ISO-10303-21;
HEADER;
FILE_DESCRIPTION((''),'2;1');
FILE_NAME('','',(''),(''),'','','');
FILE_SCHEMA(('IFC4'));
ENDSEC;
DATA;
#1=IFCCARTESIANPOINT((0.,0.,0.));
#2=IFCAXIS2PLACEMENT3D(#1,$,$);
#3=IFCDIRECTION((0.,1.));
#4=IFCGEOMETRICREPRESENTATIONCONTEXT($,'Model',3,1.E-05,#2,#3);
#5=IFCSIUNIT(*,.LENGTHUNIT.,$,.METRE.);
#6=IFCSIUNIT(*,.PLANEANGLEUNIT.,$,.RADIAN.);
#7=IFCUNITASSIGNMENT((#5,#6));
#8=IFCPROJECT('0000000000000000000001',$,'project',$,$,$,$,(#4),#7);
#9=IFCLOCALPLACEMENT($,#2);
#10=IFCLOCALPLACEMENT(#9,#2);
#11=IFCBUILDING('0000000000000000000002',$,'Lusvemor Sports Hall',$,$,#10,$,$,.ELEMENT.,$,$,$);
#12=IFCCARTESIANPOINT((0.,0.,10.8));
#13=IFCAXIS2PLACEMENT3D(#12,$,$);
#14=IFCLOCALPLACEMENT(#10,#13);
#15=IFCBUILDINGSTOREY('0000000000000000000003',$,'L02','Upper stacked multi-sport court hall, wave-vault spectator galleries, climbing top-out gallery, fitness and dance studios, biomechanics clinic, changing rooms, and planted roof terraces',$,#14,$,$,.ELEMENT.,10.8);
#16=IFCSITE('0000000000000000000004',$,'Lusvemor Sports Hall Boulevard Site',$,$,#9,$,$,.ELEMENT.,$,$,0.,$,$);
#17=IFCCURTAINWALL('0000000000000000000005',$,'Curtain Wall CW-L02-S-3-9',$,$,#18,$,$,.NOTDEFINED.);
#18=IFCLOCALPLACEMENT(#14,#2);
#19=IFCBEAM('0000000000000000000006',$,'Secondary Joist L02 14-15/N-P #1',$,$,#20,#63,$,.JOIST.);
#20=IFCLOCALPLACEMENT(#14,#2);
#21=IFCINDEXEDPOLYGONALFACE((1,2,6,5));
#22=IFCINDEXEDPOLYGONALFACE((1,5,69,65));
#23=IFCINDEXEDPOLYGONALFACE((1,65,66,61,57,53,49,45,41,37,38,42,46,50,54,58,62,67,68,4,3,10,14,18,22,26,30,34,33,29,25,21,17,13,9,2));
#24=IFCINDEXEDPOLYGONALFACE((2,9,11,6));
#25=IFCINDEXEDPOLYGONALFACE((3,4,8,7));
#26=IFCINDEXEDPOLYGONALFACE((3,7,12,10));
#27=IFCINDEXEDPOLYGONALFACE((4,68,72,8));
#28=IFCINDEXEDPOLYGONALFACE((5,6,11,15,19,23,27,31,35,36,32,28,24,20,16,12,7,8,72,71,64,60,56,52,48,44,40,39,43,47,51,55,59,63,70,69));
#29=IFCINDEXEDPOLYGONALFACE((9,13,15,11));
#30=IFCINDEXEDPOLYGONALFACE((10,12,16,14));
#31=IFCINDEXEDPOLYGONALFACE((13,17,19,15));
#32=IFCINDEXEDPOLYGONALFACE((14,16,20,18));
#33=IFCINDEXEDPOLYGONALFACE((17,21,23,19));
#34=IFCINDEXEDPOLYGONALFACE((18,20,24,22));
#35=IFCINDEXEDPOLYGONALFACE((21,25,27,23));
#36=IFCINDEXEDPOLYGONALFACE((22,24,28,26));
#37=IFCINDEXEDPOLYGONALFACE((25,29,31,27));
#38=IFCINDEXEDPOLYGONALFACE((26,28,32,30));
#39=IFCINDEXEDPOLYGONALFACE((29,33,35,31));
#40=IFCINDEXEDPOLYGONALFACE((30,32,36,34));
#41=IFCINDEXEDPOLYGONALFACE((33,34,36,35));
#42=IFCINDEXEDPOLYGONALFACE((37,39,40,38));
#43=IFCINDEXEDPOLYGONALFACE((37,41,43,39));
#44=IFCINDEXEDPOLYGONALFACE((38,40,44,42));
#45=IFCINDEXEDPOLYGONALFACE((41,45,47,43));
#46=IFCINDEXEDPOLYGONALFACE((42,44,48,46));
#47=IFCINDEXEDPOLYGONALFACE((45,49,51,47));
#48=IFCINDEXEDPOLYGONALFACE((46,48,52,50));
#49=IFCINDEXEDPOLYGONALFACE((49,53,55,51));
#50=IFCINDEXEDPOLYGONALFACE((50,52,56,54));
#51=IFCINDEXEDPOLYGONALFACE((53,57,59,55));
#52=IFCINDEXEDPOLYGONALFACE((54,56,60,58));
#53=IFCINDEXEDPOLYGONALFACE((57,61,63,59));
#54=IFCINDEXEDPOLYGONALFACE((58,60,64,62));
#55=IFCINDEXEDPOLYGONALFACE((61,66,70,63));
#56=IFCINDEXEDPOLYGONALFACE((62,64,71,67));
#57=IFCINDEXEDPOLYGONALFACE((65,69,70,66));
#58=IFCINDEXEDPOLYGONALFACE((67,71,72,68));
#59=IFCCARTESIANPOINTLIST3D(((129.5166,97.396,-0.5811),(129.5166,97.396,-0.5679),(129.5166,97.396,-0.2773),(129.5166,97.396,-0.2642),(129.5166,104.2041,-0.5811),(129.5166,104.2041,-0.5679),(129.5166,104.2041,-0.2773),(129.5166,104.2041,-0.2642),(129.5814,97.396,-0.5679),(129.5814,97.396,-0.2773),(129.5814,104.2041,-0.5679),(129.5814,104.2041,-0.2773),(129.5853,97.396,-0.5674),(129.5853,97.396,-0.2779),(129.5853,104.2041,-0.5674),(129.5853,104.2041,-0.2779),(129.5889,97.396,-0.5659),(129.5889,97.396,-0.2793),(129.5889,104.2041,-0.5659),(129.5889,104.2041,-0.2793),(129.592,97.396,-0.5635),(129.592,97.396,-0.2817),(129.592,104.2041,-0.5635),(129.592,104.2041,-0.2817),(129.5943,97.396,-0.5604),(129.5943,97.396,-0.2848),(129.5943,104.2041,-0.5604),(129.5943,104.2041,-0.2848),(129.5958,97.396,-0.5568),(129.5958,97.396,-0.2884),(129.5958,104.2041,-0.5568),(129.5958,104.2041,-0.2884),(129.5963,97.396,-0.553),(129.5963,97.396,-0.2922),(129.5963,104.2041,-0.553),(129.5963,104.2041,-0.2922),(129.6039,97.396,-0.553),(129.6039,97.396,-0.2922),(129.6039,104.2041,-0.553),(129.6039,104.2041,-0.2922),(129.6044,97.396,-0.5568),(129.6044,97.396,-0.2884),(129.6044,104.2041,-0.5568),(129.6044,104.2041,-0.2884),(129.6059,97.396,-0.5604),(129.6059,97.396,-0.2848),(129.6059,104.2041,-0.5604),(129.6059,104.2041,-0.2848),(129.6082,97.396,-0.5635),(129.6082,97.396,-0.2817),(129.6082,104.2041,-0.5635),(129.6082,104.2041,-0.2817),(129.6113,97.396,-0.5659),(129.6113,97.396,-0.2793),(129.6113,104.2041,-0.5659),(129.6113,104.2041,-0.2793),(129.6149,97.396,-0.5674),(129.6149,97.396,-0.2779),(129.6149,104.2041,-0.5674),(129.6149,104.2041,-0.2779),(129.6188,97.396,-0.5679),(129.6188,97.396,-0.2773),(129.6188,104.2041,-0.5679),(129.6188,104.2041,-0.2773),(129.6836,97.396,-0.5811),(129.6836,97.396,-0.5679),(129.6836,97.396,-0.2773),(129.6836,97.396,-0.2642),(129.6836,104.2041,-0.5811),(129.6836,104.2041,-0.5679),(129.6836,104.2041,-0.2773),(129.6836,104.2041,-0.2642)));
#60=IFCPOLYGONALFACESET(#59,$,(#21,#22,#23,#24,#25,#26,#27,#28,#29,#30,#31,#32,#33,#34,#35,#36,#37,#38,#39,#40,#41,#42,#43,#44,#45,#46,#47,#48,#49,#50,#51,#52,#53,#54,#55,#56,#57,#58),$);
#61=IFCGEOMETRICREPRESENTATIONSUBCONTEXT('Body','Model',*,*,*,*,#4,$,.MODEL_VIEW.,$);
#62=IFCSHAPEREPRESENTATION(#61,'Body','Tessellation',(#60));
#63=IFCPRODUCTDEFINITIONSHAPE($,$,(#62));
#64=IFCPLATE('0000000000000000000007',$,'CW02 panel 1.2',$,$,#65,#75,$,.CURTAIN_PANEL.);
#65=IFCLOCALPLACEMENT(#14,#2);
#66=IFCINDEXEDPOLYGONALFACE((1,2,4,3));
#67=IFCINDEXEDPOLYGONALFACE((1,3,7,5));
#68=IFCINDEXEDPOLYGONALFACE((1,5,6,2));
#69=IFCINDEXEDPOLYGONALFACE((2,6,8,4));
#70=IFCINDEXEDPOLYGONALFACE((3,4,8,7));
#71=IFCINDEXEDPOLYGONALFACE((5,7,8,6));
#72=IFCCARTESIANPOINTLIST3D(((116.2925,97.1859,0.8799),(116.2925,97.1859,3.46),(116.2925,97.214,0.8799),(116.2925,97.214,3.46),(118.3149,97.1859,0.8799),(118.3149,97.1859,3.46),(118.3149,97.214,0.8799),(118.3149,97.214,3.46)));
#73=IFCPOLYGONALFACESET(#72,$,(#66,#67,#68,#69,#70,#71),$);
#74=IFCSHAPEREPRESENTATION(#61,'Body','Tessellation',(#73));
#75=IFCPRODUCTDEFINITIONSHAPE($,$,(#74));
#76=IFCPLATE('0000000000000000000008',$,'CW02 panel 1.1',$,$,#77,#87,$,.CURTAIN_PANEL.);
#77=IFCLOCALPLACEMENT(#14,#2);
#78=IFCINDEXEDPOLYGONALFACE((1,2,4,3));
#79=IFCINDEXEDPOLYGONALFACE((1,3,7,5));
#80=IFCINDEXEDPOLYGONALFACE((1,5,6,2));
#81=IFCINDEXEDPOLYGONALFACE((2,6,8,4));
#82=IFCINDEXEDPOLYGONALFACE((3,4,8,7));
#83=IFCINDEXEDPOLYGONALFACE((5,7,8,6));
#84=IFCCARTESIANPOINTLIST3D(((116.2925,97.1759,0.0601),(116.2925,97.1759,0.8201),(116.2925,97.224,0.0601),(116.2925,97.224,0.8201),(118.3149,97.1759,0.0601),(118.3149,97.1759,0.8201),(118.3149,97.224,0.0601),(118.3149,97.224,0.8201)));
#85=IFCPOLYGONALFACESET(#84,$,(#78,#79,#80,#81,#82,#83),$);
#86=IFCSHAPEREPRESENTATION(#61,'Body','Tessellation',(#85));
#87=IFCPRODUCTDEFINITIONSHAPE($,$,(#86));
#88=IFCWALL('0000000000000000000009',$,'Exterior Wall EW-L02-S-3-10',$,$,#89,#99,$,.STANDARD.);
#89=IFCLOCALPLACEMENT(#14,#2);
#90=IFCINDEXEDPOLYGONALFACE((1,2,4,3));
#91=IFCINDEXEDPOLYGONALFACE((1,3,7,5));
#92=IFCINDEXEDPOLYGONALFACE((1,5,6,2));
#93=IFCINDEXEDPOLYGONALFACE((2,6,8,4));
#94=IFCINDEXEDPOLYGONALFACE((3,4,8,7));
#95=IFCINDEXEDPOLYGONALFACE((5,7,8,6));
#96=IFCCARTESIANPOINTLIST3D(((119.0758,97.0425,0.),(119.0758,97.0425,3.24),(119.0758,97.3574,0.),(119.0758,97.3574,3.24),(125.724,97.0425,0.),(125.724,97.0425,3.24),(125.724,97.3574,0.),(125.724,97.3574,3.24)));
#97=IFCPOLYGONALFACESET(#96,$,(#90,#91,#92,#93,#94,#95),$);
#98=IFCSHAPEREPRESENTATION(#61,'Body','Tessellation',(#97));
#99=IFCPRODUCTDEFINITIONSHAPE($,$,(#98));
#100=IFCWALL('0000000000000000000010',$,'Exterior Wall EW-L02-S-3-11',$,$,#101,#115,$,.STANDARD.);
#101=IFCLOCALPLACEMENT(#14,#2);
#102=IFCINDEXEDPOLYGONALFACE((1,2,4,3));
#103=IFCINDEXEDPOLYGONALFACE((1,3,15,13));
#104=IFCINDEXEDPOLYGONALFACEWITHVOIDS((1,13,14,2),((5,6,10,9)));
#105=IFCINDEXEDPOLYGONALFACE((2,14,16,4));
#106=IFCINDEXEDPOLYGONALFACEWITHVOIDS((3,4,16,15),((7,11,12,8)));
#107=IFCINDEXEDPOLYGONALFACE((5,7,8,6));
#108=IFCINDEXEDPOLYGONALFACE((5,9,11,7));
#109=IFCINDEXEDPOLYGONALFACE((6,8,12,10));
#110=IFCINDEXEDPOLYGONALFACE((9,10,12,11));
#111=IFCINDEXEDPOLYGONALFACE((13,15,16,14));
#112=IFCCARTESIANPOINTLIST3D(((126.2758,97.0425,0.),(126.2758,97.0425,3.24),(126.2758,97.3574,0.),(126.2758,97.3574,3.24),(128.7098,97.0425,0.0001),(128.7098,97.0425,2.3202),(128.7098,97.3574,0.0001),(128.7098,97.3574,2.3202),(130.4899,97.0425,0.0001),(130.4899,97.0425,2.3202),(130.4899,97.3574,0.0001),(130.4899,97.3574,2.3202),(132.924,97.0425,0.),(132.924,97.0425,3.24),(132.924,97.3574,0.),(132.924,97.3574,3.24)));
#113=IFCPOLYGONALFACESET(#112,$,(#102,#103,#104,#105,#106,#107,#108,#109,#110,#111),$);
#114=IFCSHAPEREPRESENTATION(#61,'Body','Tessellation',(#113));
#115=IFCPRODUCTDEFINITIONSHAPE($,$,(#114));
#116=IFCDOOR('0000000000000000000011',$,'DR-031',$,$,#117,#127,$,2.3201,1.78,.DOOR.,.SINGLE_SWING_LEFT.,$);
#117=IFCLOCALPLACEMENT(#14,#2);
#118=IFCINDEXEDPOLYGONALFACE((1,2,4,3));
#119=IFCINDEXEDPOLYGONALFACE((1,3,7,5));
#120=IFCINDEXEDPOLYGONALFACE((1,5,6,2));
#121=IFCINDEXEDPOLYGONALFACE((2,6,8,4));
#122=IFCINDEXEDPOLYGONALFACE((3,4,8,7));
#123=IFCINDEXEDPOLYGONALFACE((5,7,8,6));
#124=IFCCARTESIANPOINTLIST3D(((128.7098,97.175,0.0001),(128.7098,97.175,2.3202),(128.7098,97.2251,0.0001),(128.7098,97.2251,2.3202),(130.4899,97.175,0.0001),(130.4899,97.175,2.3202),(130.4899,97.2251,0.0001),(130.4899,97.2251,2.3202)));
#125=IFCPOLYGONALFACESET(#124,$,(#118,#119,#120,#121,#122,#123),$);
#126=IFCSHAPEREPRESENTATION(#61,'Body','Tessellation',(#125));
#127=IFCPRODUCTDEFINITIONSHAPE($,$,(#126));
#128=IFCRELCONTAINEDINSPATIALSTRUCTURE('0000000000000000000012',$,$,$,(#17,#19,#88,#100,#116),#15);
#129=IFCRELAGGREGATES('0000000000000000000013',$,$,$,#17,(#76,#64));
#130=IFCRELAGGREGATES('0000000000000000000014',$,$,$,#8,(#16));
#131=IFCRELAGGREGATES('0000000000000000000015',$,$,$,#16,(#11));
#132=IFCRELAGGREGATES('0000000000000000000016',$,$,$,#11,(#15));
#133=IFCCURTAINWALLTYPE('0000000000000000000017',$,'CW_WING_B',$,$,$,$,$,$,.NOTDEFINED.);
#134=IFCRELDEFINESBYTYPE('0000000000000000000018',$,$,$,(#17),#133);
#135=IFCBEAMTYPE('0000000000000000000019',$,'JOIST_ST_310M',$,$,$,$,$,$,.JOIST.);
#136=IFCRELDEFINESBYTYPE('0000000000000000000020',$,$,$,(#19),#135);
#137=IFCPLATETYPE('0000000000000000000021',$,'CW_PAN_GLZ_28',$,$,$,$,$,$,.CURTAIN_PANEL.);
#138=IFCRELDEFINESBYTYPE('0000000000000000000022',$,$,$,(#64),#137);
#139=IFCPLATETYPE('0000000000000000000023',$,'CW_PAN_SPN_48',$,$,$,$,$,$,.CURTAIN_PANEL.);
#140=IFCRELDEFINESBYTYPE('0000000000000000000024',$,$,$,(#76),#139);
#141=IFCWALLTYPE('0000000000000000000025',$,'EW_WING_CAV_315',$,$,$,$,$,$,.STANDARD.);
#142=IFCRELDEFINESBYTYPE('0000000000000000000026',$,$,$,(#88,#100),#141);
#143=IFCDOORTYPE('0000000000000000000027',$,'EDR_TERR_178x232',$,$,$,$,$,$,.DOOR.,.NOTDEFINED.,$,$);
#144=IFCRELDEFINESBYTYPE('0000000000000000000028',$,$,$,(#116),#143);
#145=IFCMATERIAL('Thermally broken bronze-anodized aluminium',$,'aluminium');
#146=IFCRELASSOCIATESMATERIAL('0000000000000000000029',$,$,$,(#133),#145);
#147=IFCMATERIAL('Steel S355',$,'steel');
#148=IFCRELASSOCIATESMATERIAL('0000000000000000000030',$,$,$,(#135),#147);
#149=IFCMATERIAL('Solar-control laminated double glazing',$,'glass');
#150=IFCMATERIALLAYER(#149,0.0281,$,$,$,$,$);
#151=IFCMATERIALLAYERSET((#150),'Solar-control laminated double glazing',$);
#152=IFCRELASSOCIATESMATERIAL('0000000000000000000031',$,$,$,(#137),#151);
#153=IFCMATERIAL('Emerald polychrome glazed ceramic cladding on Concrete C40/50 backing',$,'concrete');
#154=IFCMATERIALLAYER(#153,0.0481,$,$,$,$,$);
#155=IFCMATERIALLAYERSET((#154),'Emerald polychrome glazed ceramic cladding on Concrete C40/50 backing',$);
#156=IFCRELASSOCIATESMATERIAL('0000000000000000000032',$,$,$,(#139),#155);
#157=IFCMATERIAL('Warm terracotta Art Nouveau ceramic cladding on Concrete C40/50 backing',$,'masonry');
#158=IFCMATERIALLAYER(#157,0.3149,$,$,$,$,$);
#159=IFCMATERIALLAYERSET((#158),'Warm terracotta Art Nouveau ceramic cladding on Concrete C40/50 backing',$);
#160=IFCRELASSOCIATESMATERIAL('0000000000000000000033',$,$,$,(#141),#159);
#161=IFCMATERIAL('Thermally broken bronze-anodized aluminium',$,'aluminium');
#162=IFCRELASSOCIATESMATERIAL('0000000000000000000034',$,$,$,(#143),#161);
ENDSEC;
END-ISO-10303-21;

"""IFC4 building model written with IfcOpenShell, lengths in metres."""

from ifc_helpers import new_model, si_unit, direction, frame, frame_2d, origin, origin_2d, place, context, subcontext, project, spatial, rectangle, i_section, extrude, material, layer, layer_set, material_profile, profile_set, type_object, element, fill, aggregate, save


model = new_model("IFC4")

# Units and contexts
model_context = context("Model", 3, precision=1e-05, world=origin(), true_north=direction((0.0, 1.0)))
body_context = subcontext(model_context, "Body", "Model", "MODEL_VIEW")
ifc_project = project(units=[si_unit("LENGTHUNIT", "METRE"), si_unit("PLANEANGLEUNIT", "RADIAN")], contexts=[model_context])

# Site, building, storey
site_placement = place(None, origin())
site = spatial("IfcSite", under=ifc_project, at=site_placement, Name="Lusvemor Sports Hall Boulevard Site", CompositionType="ELEMENT", RefElevation=0.0)
building_placement = place(site_placement, origin())
building = spatial("IfcBuilding", under=site, at=building_placement, Name="Lusvemor Sports Hall", CompositionType="ELEMENT")
storey_placement = place(building_placement, frame((0.0, 0.0, 10.8)))
storey = spatial("IfcBuildingStorey", under=building, at=storey_placement, Name="L02", Description="Upper stacked multi-sport court hall, wave-vault spectator galleries, climbing top-out gallery, fitness and dance studios, biomechanics clinic, changing rooms, and planted roof terraces", CompositionType="ELEMENT", Elevation=10.8)

# Curtain wall
ifc_material_1 = material(Name="Thermally broken bronze-anodized aluminium", Category="aluminium")
curtain_wall_type = type_object("IfcCurtainWallType", Name="CW_WING_B", PredefinedType="NOTDEFINED", material=ifc_material_1)
curtain_wall_placement = place(storey_placement, origin())
curtain_wall = element("IfcCurtainWall", 1, at=curtain_wall_placement, inside=storey, type_object=curtain_wall_type, Name="Curtain Wall CW-L02-S-3-9", PredefinedType="NOTDEFINED")

# Beam
ifc_material_2 = material(Name="Steel S355", Category="steel")
ifc_material_profile_1 = material_profile(ifc_material_2, i_section(OverallWidth=0.167, OverallDepth=0.3169, WebThickness=0.0076, FlangeThickness=0.0132, FilletRadius=0.0149, at=origin_2d()), Name="W310x52.0")
ifc_profile_set_1 = profile_set([ifc_material_profile_1], Name="Steel S355")
beam_type_1 = type_object("IfcBeamType", Name="JOIST_ST_310M", PredefinedType="JOIST", material=ifc_profile_set_1)
for number, where, z_axis, x_axis, name in (
    (2, (129.6001, 97.396, -0.4226), (0.0, 1.0, 0.0), (-1.0, 0.0, 0.0), "Secondary Joist L02 14-15/N-P #1"),
):
    element("IfcBeam", number, at=place(storey_placement, frame(where, z_axis=z_axis, x_axis=x_axis)), inside=storey, type_object=beam_type_1, Name=name, PredefinedType="JOIST", context=body_context, shape_type="SweptSolid", body=[
        extrude(i_section(OverallWidth=0.167, OverallDepth=0.3169, WebThickness=0.0076, FlangeThickness=0.0132, FilletRadius=0.0149, at=origin_2d()), origin(), (0.0, 0.0, 1.0), 6.8081),
    ])

# Plates
ifc_material_3 = material(Name="Solar-control laminated double glazing", Category="glass")
ifc_layer_1 = layer(ifc_material_3, 0.0281)
ifc_layer_set_1 = layer_set([ifc_layer_1], Name="Solar-control laminated double glazing")
plate_type_1 = type_object("IfcPlateType", Name="CW_PAN_GLZ_28", PredefinedType="CURTAIN_PANEL", material=ifc_layer_set_1)
plate_1_placement = place(storey_placement, frame((117.3037, 97.2, 0.8799), z_axis=(0.0, 0.0, 1.0), x_axis=(-1.0, 0.0, 0.0)))
plate_1 = element("IfcPlate", 3, at=plate_1_placement, type_object=plate_type_1, Name="CW02 panel 1.2", PredefinedType="CURTAIN_PANEL", context=body_context, shape_type="SweptSolid", body=[
    extrude(rectangle(XDim=2.0225, YDim=0.0281, at=origin_2d()), origin(), (0.0, 0.0, 1.0), 2.5801),
])
ifc_material_4 = material(Name="Emerald polychrome glazed ceramic cladding on Concrete C40/50 backing", Category="concrete")
ifc_layer_2 = layer(ifc_material_4, 0.0481)
ifc_layer_set_2 = layer_set([ifc_layer_2], Name="Emerald polychrome glazed ceramic cladding on Concrete C40/50 backing")
plate_type_2 = type_object("IfcPlateType", Name="CW_PAN_SPN_48", PredefinedType="CURTAIN_PANEL", material=ifc_layer_set_2)
plate_2_placement = place(storey_placement, frame((117.3037, 97.2, 0.0601), z_axis=(0.0, 0.0, 1.0), x_axis=(-1.0, 0.0, 0.0)))
plate_2 = element("IfcPlate", 4, at=plate_2_placement, type_object=plate_type_2, Name="CW02 panel 1.1", PredefinedType="CURTAIN_PANEL", context=body_context, shape_type="SweptSolid", body=[
    extrude(rectangle(XDim=2.0225, YDim=0.0481, at=origin_2d()), origin(), (0.0, 0.0, 1.0), 0.76),
])
aggregate(curtain_wall, [plate_2, plate_1])

# Wall
ifc_material_5 = material(Name="Warm terracotta Art Nouveau ceramic cladding on Concrete C40/50 backing", Category="masonry")
ifc_layer_3 = layer(ifc_material_5, 0.3149)
ifc_layer_set_3 = layer_set([ifc_layer_3], Name="Warm terracotta Art Nouveau ceramic cladding on Concrete C40/50 backing")
wall_type = type_object("IfcWallType", Name="EW_WING_CAV_315", PredefinedType="STANDARD", material=ifc_layer_set_3)
wall_1_placement = place(storey_placement, frame((125.7241, 97.2, 0.0), z_axis=(0.0, 0.0, 1.0), x_axis=(-1.0, 0.0, 0.0)))
element("IfcWall", 5, at=wall_1_placement, inside=storey, type_object=wall_type, Name="Exterior Wall EW-L02-S-3-10", PredefinedType="STANDARD", context=body_context, shape_type="SweptSolid", body=[
    extrude(rectangle(XDim=6.6482, YDim=0.3149, at=frame_2d((3.3242, 0.0))), origin(), (0.0, 0.0, 1.0), 3.24),
])

# Wall, opening, door
wall_2_placement = place(storey_placement, frame((132.9241, 97.2, 0.0), z_axis=(0.0, 0.0, 1.0), x_axis=(-1.0, 0.0, 0.0)))
wall_2 = element("IfcWall", 6, at=wall_2_placement, inside=storey, type_object=wall_type, Name="Exterior Wall EW-L02-S-3-11", PredefinedType="STANDARD", context=body_context, shape_type="SweptSolid", body=[
    extrude(rectangle(XDim=6.6482, YDim=0.3149, at=frame_2d((3.3242, 0.0))), origin(), (0.0, 0.0, 1.0), 3.24),
])
opening_placement = place(wall_2_placement, frame((2.4341, 0.0, 0.0)))
opening = element("IfcOpeningElement", 7, at=opening_placement, cuts=wall_2, PredefinedType="OPENING", context=body_context, shape_type="SweptSolid", body=[
    extrude(rectangle(XDim=1.78, YDim=2.3201, at=frame_2d((0.8901, 1.1602))), frame((0.0, 0.1575, 0.0), z_axis=(0.0, -1.0, 0.0), x_axis=(1.0, 0.0, 0.0)), (0.0, 0.0, 1.0), 0.3149),
])
ifc_material_6 = material(Name="Thermally broken bronze-anodized aluminium", Category="aluminium")
door_type = type_object("IfcDoorType", Name="EDR_TERR_178x232", OperationType="NOTDEFINED", PredefinedType="DOOR", material=ifc_material_6)
door_placement = place(opening_placement, origin())
door = element("IfcDoor", 8, at=door_placement, inside=storey, type_object=door_type, Name="DR-031", OperationType="SINGLE_SWING_LEFT", OverallHeight=2.3201, OverallWidth=1.78, PredefinedType="DOOR", context=body_context, shape_type="SweptSolid", body=[
    extrude(rectangle(XDim=1.78, YDim=2.3201, at=frame_2d((0.8901, 1.1602))), frame((0.0, 0.0249, 0.0), z_axis=(0.0, -1.0, 0.0), x_axis=(1.0, 0.0, 0.0)), (0.0, 0.0, 1.0), 0.05),
])
fill(opening, door)

save(model, "model.ifc")
